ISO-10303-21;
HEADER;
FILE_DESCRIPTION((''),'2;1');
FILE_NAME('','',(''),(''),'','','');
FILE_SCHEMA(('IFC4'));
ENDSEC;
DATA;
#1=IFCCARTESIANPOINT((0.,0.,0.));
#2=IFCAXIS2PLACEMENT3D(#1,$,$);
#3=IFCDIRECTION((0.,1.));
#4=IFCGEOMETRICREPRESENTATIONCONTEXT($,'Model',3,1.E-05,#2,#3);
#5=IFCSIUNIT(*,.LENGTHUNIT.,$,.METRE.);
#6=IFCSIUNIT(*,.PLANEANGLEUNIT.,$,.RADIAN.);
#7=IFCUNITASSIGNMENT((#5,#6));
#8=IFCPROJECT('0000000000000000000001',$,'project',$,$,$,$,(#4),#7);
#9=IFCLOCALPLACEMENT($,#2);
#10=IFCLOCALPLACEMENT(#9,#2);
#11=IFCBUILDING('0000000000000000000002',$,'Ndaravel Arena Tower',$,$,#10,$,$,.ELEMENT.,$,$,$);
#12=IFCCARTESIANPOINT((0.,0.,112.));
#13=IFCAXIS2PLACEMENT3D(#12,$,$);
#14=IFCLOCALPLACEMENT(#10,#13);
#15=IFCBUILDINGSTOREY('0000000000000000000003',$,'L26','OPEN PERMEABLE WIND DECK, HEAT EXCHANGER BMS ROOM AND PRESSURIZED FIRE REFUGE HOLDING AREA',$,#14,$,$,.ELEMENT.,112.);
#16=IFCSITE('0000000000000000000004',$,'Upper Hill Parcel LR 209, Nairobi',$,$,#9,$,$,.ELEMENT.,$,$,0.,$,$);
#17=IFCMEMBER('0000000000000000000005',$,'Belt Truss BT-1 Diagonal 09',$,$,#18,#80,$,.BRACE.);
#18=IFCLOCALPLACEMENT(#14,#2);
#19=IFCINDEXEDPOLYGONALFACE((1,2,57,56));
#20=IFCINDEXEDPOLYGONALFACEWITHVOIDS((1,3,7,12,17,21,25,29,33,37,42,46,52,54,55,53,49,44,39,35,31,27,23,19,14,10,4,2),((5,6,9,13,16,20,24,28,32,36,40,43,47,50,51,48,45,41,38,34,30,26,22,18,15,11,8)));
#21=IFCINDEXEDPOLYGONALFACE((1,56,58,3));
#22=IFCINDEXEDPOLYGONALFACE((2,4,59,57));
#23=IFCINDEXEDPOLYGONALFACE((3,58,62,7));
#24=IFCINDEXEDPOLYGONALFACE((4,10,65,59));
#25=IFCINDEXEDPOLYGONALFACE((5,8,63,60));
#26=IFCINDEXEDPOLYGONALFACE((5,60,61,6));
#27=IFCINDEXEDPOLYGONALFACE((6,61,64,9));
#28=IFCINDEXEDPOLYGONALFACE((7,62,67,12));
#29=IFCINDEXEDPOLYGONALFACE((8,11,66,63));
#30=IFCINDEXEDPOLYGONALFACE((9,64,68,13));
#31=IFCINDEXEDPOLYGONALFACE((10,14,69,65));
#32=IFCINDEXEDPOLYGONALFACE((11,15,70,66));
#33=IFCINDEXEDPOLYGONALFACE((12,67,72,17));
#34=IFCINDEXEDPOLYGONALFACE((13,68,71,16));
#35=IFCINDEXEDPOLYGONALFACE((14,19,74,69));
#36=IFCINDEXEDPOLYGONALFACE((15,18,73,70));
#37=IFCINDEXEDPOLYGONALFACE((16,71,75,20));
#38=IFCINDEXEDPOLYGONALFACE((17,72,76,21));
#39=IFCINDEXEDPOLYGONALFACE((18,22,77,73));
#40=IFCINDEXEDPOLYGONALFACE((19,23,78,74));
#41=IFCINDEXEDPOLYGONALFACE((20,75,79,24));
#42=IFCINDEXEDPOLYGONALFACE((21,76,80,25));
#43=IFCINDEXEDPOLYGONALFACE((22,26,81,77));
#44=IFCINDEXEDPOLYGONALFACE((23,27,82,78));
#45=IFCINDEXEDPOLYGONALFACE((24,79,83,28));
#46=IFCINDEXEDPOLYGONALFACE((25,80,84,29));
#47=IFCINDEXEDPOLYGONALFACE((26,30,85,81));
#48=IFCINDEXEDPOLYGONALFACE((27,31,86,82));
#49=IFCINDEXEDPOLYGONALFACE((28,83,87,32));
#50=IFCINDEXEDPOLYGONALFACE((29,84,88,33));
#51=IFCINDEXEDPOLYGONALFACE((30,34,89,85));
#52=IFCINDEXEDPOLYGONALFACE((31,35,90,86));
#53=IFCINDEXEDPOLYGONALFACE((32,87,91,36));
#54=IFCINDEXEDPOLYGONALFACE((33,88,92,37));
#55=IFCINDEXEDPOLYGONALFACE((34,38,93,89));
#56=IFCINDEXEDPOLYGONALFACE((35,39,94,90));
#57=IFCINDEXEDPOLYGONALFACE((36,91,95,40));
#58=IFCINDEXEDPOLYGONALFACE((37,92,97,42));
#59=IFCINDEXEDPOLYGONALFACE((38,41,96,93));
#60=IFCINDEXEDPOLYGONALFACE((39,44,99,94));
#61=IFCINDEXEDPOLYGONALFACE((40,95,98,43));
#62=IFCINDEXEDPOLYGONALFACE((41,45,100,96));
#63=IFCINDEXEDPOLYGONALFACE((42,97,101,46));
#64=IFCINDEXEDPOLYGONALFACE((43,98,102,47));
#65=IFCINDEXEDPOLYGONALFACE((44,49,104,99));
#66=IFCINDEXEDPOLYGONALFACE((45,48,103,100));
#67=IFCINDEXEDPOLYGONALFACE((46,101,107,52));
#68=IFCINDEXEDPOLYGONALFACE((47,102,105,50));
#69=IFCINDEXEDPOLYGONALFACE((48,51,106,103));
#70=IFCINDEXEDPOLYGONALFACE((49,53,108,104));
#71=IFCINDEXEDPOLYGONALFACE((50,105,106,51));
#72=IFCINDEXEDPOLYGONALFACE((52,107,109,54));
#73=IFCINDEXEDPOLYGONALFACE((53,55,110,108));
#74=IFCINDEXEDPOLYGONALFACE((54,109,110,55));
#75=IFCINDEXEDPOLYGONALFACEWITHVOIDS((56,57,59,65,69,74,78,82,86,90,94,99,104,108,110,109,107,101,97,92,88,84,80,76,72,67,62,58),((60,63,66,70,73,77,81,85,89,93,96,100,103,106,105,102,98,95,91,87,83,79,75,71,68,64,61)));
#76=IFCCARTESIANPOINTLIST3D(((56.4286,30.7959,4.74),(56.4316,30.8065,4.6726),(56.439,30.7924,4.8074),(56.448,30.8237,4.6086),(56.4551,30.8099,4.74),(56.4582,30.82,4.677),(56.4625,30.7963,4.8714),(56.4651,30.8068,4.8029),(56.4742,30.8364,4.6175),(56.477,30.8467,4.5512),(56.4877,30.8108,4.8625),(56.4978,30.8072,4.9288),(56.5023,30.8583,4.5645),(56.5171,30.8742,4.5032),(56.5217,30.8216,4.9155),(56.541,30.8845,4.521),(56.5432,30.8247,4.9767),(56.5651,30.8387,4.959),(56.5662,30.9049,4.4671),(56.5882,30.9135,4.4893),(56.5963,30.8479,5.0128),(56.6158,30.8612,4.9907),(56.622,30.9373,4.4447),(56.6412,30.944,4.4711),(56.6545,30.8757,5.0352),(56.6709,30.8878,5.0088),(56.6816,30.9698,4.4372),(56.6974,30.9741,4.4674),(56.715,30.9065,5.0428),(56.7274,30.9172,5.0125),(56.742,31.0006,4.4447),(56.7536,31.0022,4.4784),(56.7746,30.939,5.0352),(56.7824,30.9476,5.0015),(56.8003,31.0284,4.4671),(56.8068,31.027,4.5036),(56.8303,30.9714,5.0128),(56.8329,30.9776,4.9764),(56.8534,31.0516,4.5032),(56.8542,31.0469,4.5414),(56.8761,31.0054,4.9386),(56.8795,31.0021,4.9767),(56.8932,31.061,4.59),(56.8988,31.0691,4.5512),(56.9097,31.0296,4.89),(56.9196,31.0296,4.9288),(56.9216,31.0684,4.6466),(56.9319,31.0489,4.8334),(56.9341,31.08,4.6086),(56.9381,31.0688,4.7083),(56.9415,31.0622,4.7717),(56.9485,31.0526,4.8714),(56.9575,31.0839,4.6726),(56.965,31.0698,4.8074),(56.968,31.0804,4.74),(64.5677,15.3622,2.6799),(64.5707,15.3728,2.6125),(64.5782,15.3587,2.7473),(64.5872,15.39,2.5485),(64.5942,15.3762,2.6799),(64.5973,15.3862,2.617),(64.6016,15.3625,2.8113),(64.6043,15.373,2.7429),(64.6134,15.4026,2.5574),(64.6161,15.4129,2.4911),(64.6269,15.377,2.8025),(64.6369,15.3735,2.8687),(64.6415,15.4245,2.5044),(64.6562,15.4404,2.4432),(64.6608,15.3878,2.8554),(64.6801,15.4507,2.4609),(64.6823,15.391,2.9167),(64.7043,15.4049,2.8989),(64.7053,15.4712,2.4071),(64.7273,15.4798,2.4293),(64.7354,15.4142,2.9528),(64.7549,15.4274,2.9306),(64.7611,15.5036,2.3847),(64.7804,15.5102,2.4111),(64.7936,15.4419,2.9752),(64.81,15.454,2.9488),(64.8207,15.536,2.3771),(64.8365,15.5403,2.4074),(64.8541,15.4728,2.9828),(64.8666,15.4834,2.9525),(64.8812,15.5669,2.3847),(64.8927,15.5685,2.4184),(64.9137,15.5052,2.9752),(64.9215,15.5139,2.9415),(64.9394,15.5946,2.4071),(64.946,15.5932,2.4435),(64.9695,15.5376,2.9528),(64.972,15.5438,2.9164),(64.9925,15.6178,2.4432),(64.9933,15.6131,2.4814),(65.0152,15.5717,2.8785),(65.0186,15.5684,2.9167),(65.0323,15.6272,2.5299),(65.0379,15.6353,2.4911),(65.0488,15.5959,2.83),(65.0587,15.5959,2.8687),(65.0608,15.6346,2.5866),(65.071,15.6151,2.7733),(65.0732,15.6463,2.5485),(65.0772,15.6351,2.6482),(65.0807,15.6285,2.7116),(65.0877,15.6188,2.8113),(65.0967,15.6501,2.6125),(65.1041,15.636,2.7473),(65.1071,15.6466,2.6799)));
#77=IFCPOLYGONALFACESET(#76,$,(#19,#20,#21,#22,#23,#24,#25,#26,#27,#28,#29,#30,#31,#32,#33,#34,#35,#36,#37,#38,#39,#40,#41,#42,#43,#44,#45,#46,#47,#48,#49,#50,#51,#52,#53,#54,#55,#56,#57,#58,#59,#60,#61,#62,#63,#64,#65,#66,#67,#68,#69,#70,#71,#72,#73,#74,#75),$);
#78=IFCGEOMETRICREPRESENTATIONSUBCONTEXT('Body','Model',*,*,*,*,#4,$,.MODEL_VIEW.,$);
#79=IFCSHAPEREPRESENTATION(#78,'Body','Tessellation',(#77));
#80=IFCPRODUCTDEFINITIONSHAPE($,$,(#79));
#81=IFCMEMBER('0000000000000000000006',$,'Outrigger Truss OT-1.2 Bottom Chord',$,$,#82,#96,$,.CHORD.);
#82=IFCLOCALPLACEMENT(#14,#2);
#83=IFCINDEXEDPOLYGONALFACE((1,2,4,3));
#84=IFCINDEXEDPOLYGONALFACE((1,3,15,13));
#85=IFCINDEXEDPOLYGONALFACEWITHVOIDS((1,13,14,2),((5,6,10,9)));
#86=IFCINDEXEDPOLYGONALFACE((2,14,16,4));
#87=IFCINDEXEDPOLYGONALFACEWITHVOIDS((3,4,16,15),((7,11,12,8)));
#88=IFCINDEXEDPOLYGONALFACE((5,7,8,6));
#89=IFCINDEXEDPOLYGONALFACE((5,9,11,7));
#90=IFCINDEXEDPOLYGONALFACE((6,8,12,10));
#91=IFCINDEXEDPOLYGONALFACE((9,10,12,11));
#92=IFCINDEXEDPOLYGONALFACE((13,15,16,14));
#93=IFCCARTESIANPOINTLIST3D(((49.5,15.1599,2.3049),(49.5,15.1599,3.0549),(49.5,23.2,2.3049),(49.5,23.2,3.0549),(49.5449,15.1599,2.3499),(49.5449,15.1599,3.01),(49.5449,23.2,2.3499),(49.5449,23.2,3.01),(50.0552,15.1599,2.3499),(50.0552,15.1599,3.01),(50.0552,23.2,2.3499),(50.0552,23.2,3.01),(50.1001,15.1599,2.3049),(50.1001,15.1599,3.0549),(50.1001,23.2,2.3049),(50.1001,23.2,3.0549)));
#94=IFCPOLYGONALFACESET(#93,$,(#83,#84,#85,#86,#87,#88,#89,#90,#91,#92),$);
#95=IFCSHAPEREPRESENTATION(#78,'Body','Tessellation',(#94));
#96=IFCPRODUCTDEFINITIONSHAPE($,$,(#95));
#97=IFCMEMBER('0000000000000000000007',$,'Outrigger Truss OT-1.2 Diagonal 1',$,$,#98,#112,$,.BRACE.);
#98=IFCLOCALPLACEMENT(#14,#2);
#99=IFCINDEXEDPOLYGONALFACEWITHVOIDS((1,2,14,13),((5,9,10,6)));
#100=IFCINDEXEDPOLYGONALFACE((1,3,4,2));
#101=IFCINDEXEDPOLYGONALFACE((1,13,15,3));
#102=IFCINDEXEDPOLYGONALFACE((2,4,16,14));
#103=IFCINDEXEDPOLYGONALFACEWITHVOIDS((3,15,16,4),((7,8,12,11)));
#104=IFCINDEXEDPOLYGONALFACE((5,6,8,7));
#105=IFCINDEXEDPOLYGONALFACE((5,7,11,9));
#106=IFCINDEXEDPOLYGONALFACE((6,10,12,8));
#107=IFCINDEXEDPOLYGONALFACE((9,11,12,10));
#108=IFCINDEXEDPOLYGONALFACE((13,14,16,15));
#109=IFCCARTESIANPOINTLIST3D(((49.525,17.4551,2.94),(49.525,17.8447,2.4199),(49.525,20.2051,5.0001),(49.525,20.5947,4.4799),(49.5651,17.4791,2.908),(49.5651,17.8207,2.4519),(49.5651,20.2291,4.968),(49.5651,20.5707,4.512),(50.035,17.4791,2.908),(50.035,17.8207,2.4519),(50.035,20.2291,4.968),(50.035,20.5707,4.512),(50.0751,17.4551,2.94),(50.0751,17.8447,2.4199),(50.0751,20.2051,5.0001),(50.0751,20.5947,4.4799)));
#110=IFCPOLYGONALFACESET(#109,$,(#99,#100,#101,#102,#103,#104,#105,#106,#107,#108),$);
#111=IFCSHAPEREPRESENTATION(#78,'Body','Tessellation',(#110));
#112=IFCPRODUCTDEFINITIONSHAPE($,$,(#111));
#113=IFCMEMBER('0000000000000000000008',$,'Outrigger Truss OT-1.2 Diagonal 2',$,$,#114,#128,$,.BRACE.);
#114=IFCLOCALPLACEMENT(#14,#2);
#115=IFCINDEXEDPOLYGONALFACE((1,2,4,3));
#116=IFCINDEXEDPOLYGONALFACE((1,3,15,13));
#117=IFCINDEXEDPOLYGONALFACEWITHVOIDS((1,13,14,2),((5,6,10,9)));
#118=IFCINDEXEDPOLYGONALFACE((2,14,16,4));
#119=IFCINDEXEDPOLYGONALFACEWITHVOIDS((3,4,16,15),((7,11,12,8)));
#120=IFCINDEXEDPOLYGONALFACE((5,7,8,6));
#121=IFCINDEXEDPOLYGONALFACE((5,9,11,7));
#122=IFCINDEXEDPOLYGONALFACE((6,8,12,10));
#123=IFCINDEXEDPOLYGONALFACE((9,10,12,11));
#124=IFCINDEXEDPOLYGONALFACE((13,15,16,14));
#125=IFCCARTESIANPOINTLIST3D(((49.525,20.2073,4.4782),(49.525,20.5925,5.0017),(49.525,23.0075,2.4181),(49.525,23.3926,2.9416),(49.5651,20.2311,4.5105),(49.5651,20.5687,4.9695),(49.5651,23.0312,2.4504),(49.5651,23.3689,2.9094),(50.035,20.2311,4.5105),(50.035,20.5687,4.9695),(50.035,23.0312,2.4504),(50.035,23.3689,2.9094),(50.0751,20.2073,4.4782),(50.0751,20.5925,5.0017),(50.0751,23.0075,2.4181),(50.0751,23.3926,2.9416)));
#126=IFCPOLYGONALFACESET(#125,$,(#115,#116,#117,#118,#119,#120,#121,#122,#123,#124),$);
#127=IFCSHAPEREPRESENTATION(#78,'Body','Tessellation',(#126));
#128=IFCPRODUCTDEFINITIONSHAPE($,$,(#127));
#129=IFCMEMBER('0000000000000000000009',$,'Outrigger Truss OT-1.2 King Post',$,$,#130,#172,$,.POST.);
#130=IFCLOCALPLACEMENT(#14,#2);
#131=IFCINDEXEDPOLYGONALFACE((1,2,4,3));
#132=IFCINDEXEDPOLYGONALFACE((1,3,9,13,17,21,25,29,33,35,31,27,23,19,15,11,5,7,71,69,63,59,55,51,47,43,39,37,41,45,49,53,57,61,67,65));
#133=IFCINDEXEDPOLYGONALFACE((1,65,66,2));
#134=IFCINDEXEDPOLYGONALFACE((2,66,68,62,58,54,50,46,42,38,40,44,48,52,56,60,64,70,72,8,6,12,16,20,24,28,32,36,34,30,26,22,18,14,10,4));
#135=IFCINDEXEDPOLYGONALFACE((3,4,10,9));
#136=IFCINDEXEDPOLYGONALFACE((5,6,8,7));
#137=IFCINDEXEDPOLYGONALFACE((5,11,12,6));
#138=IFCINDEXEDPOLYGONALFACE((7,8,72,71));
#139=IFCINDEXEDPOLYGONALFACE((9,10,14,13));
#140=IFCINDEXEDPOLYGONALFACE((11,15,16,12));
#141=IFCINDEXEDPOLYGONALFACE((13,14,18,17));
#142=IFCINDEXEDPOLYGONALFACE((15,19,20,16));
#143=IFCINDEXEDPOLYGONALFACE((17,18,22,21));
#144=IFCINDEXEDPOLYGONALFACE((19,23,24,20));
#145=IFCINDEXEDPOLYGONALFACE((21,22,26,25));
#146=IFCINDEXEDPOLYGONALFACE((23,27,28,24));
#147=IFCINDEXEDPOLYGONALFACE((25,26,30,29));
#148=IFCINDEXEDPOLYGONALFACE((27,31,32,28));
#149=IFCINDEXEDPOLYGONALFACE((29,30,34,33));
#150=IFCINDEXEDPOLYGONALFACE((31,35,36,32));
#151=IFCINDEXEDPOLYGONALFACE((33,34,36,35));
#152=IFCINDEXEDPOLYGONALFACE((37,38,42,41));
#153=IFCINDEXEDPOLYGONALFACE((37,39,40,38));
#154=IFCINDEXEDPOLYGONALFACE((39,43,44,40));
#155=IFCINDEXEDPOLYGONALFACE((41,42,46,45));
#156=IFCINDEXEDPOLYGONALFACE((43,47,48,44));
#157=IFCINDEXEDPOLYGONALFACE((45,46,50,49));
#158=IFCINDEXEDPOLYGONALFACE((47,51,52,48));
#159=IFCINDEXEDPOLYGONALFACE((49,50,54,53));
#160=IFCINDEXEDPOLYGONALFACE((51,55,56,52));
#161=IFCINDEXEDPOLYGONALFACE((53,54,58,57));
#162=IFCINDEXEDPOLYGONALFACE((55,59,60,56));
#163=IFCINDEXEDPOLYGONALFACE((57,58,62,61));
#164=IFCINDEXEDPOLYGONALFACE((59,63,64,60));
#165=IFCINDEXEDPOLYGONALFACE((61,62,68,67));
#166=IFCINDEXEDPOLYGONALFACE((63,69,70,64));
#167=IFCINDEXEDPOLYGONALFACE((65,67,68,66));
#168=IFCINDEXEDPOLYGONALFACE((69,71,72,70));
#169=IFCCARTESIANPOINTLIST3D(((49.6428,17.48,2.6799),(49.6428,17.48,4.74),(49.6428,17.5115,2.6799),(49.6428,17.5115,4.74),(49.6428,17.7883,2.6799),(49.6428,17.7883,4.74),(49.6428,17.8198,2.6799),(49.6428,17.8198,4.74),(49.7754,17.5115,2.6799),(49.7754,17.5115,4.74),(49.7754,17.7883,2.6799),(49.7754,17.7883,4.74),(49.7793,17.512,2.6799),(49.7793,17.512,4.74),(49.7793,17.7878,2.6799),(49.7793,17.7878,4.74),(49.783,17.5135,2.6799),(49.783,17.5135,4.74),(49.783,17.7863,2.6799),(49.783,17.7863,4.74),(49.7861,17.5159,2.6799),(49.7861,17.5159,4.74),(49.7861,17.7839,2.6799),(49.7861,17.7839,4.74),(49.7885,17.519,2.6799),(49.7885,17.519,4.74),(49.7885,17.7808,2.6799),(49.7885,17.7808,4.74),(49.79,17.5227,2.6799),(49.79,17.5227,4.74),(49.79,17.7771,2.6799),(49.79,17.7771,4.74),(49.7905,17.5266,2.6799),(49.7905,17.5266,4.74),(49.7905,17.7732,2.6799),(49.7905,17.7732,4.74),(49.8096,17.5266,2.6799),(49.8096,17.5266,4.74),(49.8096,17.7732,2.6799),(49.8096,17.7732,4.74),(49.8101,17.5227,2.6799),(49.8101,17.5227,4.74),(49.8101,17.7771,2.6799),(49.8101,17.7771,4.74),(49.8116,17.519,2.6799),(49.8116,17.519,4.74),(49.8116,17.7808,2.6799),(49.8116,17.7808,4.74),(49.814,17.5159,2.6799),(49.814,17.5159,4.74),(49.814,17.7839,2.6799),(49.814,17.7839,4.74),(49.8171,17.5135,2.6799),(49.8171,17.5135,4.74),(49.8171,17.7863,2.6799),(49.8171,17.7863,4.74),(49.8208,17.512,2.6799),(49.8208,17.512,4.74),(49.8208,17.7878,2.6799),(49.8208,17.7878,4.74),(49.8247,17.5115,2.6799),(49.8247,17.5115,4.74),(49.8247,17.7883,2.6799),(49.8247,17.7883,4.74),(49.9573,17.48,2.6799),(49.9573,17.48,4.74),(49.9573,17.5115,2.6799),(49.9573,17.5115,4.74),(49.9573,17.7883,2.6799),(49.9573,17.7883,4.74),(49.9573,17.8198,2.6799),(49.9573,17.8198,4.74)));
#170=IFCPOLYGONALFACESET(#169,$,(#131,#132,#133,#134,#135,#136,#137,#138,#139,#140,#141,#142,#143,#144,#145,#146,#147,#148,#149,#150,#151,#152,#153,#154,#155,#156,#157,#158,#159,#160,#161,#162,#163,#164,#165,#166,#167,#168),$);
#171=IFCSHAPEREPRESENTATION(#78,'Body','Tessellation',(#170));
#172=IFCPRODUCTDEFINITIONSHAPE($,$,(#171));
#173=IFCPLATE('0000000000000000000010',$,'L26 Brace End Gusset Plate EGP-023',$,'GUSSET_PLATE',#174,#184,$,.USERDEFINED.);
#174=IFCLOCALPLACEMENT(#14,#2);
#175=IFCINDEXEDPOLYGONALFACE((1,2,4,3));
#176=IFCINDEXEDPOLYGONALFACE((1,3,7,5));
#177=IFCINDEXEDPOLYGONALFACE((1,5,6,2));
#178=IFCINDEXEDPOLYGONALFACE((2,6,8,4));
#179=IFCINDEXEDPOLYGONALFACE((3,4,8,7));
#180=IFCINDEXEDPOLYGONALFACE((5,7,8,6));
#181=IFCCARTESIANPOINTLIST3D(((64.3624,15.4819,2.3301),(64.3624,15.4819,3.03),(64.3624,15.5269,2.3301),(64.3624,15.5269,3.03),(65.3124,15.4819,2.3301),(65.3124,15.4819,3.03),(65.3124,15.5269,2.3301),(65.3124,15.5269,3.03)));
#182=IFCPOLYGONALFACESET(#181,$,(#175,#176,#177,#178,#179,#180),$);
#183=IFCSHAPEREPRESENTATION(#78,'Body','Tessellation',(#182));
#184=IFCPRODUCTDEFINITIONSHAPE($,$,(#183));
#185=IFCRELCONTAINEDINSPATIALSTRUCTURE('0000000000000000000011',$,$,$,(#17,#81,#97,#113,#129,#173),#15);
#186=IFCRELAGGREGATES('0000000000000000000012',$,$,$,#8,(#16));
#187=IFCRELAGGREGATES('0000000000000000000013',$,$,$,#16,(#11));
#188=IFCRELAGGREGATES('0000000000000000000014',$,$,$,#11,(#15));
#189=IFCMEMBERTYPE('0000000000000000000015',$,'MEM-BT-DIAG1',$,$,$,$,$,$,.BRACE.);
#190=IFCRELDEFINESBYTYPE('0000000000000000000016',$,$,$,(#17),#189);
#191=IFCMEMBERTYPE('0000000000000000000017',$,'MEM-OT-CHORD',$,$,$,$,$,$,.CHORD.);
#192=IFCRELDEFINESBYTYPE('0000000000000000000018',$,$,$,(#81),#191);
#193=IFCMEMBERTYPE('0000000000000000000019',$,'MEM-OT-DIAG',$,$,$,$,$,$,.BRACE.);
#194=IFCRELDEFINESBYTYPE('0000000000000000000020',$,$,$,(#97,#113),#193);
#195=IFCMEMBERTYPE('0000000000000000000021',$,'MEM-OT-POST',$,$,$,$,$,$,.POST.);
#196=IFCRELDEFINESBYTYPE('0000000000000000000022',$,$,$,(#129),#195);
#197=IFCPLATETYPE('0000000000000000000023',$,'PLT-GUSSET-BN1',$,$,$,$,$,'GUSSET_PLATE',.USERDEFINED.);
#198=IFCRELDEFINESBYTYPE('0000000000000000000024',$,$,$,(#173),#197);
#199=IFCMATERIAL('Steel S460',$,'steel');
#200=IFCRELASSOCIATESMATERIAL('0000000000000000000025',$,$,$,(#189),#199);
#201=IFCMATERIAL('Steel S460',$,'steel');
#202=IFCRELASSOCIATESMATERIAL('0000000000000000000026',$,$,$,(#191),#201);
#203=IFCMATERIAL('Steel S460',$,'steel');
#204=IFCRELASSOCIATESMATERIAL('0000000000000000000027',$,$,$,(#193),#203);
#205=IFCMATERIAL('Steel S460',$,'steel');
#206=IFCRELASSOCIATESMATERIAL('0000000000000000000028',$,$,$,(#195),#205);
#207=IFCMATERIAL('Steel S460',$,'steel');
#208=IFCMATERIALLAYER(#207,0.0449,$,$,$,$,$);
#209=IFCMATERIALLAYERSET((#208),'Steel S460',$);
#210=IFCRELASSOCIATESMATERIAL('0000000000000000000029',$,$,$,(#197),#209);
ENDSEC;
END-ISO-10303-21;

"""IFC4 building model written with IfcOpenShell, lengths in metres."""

from ifc_helpers import new_model, si_unit, direction, frame, origin, origin_2d, place, context, subcontext, project, spatial, rectangle, hollow_rectangle, hollow_circle, i_section, extrude, material, layer, layer_set, material_profile, profile_set, type_object, element, save


model = new_model("IFC4")

# Units and contexts
model_context = context("Model", 3, precision=1e-05, world=origin(), true_north=direction((0.0, 1.0)))
body_context = subcontext(model_context, "Body", "Model", "MODEL_VIEW")
ifc_project = project(units=[si_unit("LENGTHUNIT", "METRE"), si_unit("PLANEANGLEUNIT", "RADIAN")], contexts=[model_context])

# Site, building, storey
site_placement = place(None, origin())
site = spatial("IfcSite", under=ifc_project, at=site_placement, Name="Upper Hill Parcel LR 209, Nairobi", CompositionType="ELEMENT", RefElevation=0.0)
building_placement = place(site_placement, origin())
building = spatial("IfcBuilding", under=site, at=building_placement, Name="Ndaravel Arena Tower", CompositionType="ELEMENT")
storey_placement = place(building_placement, frame((0.0, 0.0, 112.0)))
storey = spatial("IfcBuildingStorey", under=building, at=storey_placement, Name="L26", Description="OPEN PERMEABLE WIND DECK, HEAT EXCHANGER BMS ROOM AND PRESSURIZED FIRE REFUGE HOLDING AREA", CompositionType="ELEMENT", Elevation=112.0)

# Members
ifc_material_1 = material(Name="Steel S460", Category="steel")
ifc_material_profile_1 = material_profile(ifc_material_1, hollow_circle(Radius=0.3049, WallThickness=0.03, at=origin_2d()), Name="CHS 610x30")
ifc_profile_set_1 = profile_set([ifc_material_profile_1], Name="Steel S460")
member_type_1 = type_object("IfcMemberType", Name="MEM-BT-DIAG1", PredefinedType="BRACE", material=ifc_profile_set_1)
member_1_placement = place(storey_placement, frame((64.8374, 15.5044, 2.6799), z_axis=(-0.463251, 0.878437, 0.117251), x_axis=(-0.884538, -0.466468, 0.0)))
element("IfcMember", 1, at=member_1_placement, inside=storey, type_object=member_type_1, Name="Belt Truss BT-1 Diagonal 09", PredefinedType="BRACE", context=body_context, shape_type="SweptSolid", body=[
    extrude(hollow_circle(Radius=0.3049, WallThickness=0.03, at=origin_2d()), origin(), (0.0, 0.0, 1.0), 17.5696),
])
ifc_material_2 = material(Name="Steel S460", Category="steel")
ifc_material_profile_2 = material_profile(ifc_material_2, hollow_rectangle(XDim=0.6001, YDim=0.75, WallThickness=0.0449, at=origin_2d()), Name="BOX 750x600x45")
ifc_profile_set_2 = profile_set([ifc_material_profile_2], Name="Steel S460")
member_type_2 = type_object("IfcMemberType", Name="MEM-OT-CHORD", PredefinedType="CHORD", material=ifc_profile_set_2)
member_2_placement = place(storey_placement, frame((49.8, 15.1599, 2.6799), z_axis=(0.0, 1.0, 0.0), x_axis=(-1.0, 0.0, 0.0)))
element("IfcMember", 2, at=member_2_placement, inside=storey, type_object=member_type_2, Name="Outrigger Truss OT-1.2 Bottom Chord", PredefinedType="CHORD", context=body_context, shape_type="SweptSolid", body=[
    extrude(hollow_rectangle(XDim=0.6001, YDim=0.75, WallThickness=0.0449, at=origin_2d()), origin(), (0.0, 0.0, 1.0), 8.04),
])
ifc_material_3 = material(Name="Steel S460", Category="steel")
ifc_material_profile_3 = material_profile(ifc_material_3, hollow_rectangle(XDim=0.55, YDim=0.6499, WallThickness=0.04, at=origin_2d()), Name="BOX 650x550x40")
ifc_profile_set_3 = profile_set([ifc_material_profile_3], Name="Steel S460")
member_type_3 = type_object("IfcMemberType", Name="MEM-OT-DIAG", PredefinedType="BRACE", material=ifc_profile_set_3)
member_3_placement = place(storey_placement, frame((49.8, 17.6499, 2.6799), z_axis=(0.0, 0.800341, 0.599545), x_axis=(-1.0, 0.0, 0.0)))
element("IfcMember", 3, at=member_3_placement, inside=storey, type_object=member_type_3, Name="Outrigger Truss OT-1.2 Diagonal 1", PredefinedType="BRACE", context=body_context, shape_type="SweptSolid", body=[
    extrude(hollow_rectangle(XDim=0.55, YDim=0.6499, WallThickness=0.04, at=origin_2d()), origin(), (0.0, 0.0, 1.0), 3.436),
])
member_4_placement = place(storey_placement, frame((49.8, 20.3999, 4.74), z_axis=(0.0, 0.805486, -0.592614), x_axis=(-1.0, 0.0, 0.0)))
element("IfcMember", 4, at=member_4_placement, inside=storey, type_object=member_type_3, Name="Outrigger Truss OT-1.2 Diagonal 2", PredefinedType="BRACE", context=body_context, shape_type="SweptSolid", body=[
    extrude(hollow_rectangle(XDim=0.55, YDim=0.6499, WallThickness=0.04, at=origin_2d()), origin(), (0.0, 0.0, 1.0), 3.4763),
])
ifc_material_4 = material(Name="Steel S460", Category="steel")
ifc_material_profile_4 = material_profile(ifc_material_4, i_section(OverallWidth=0.3145, OverallDepth=0.3398, WebThickness=0.019, FlangeThickness=0.0315, FilletRadius=0.0151, at=origin_2d()), Name="UC 305x305x198")
ifc_profile_set_4 = profile_set([ifc_material_profile_4], Name="Steel S460")
member_type_4 = type_object("IfcMemberType", Name="MEM-OT-POST", PredefinedType="POST", material=ifc_profile_set_4)
member_5_placement = place(storey_placement, frame((49.8, 17.6499, 2.6799), z_axis=(0.0, 0.0, 1.0), x_axis=(1.0, 0.0, 0.0)))
element("IfcMember", 5, at=member_5_placement, inside=storey, type_object=member_type_4, Name="Outrigger Truss OT-1.2 King Post", PredefinedType="POST", context=body_context, shape_type="SweptSolid", body=[
    extrude(i_section(OverallWidth=0.3145, OverallDepth=0.3398, WebThickness=0.019, FlangeThickness=0.0315, FilletRadius=0.0151, at=origin_2d()), origin(), (0.0, 0.0, 1.0), 2.0601),
])

# Plate
ifc_material_5 = material(Name="Steel S460", Category="steel")
ifc_layer_1 = layer(ifc_material_5, 0.0449)
ifc_layer_set_1 = layer_set([ifc_layer_1], Name="Steel S460")
plate_type_1 = type_object("IfcPlateType", Name="PLT-GUSSET-BN1", ElementType="GUSSET_PLATE", PredefinedType="USERDEFINED", material=ifc_layer_set_1)
plate_placement = place(storey_placement, frame((64.8374, 15.5044, 2.3301), z_axis=(0.0, 0.0, 1.0), x_axis=(1.0, 0.0, 0.0)))
element("IfcPlate", 6, at=plate_placement, inside=storey, type_object=plate_type_1, Name="L26 Brace End Gusset Plate EGP-023", ObjectType="GUSSET_PLATE", PredefinedType="USERDEFINED", context=body_context, shape_type="SweptSolid", body=[
    extrude(rectangle(XDim=0.95, YDim=0.0449, at=origin_2d()), origin(), (0.0, 0.0, 1.0), 0.7),
])

save(model, "model.ifc")
